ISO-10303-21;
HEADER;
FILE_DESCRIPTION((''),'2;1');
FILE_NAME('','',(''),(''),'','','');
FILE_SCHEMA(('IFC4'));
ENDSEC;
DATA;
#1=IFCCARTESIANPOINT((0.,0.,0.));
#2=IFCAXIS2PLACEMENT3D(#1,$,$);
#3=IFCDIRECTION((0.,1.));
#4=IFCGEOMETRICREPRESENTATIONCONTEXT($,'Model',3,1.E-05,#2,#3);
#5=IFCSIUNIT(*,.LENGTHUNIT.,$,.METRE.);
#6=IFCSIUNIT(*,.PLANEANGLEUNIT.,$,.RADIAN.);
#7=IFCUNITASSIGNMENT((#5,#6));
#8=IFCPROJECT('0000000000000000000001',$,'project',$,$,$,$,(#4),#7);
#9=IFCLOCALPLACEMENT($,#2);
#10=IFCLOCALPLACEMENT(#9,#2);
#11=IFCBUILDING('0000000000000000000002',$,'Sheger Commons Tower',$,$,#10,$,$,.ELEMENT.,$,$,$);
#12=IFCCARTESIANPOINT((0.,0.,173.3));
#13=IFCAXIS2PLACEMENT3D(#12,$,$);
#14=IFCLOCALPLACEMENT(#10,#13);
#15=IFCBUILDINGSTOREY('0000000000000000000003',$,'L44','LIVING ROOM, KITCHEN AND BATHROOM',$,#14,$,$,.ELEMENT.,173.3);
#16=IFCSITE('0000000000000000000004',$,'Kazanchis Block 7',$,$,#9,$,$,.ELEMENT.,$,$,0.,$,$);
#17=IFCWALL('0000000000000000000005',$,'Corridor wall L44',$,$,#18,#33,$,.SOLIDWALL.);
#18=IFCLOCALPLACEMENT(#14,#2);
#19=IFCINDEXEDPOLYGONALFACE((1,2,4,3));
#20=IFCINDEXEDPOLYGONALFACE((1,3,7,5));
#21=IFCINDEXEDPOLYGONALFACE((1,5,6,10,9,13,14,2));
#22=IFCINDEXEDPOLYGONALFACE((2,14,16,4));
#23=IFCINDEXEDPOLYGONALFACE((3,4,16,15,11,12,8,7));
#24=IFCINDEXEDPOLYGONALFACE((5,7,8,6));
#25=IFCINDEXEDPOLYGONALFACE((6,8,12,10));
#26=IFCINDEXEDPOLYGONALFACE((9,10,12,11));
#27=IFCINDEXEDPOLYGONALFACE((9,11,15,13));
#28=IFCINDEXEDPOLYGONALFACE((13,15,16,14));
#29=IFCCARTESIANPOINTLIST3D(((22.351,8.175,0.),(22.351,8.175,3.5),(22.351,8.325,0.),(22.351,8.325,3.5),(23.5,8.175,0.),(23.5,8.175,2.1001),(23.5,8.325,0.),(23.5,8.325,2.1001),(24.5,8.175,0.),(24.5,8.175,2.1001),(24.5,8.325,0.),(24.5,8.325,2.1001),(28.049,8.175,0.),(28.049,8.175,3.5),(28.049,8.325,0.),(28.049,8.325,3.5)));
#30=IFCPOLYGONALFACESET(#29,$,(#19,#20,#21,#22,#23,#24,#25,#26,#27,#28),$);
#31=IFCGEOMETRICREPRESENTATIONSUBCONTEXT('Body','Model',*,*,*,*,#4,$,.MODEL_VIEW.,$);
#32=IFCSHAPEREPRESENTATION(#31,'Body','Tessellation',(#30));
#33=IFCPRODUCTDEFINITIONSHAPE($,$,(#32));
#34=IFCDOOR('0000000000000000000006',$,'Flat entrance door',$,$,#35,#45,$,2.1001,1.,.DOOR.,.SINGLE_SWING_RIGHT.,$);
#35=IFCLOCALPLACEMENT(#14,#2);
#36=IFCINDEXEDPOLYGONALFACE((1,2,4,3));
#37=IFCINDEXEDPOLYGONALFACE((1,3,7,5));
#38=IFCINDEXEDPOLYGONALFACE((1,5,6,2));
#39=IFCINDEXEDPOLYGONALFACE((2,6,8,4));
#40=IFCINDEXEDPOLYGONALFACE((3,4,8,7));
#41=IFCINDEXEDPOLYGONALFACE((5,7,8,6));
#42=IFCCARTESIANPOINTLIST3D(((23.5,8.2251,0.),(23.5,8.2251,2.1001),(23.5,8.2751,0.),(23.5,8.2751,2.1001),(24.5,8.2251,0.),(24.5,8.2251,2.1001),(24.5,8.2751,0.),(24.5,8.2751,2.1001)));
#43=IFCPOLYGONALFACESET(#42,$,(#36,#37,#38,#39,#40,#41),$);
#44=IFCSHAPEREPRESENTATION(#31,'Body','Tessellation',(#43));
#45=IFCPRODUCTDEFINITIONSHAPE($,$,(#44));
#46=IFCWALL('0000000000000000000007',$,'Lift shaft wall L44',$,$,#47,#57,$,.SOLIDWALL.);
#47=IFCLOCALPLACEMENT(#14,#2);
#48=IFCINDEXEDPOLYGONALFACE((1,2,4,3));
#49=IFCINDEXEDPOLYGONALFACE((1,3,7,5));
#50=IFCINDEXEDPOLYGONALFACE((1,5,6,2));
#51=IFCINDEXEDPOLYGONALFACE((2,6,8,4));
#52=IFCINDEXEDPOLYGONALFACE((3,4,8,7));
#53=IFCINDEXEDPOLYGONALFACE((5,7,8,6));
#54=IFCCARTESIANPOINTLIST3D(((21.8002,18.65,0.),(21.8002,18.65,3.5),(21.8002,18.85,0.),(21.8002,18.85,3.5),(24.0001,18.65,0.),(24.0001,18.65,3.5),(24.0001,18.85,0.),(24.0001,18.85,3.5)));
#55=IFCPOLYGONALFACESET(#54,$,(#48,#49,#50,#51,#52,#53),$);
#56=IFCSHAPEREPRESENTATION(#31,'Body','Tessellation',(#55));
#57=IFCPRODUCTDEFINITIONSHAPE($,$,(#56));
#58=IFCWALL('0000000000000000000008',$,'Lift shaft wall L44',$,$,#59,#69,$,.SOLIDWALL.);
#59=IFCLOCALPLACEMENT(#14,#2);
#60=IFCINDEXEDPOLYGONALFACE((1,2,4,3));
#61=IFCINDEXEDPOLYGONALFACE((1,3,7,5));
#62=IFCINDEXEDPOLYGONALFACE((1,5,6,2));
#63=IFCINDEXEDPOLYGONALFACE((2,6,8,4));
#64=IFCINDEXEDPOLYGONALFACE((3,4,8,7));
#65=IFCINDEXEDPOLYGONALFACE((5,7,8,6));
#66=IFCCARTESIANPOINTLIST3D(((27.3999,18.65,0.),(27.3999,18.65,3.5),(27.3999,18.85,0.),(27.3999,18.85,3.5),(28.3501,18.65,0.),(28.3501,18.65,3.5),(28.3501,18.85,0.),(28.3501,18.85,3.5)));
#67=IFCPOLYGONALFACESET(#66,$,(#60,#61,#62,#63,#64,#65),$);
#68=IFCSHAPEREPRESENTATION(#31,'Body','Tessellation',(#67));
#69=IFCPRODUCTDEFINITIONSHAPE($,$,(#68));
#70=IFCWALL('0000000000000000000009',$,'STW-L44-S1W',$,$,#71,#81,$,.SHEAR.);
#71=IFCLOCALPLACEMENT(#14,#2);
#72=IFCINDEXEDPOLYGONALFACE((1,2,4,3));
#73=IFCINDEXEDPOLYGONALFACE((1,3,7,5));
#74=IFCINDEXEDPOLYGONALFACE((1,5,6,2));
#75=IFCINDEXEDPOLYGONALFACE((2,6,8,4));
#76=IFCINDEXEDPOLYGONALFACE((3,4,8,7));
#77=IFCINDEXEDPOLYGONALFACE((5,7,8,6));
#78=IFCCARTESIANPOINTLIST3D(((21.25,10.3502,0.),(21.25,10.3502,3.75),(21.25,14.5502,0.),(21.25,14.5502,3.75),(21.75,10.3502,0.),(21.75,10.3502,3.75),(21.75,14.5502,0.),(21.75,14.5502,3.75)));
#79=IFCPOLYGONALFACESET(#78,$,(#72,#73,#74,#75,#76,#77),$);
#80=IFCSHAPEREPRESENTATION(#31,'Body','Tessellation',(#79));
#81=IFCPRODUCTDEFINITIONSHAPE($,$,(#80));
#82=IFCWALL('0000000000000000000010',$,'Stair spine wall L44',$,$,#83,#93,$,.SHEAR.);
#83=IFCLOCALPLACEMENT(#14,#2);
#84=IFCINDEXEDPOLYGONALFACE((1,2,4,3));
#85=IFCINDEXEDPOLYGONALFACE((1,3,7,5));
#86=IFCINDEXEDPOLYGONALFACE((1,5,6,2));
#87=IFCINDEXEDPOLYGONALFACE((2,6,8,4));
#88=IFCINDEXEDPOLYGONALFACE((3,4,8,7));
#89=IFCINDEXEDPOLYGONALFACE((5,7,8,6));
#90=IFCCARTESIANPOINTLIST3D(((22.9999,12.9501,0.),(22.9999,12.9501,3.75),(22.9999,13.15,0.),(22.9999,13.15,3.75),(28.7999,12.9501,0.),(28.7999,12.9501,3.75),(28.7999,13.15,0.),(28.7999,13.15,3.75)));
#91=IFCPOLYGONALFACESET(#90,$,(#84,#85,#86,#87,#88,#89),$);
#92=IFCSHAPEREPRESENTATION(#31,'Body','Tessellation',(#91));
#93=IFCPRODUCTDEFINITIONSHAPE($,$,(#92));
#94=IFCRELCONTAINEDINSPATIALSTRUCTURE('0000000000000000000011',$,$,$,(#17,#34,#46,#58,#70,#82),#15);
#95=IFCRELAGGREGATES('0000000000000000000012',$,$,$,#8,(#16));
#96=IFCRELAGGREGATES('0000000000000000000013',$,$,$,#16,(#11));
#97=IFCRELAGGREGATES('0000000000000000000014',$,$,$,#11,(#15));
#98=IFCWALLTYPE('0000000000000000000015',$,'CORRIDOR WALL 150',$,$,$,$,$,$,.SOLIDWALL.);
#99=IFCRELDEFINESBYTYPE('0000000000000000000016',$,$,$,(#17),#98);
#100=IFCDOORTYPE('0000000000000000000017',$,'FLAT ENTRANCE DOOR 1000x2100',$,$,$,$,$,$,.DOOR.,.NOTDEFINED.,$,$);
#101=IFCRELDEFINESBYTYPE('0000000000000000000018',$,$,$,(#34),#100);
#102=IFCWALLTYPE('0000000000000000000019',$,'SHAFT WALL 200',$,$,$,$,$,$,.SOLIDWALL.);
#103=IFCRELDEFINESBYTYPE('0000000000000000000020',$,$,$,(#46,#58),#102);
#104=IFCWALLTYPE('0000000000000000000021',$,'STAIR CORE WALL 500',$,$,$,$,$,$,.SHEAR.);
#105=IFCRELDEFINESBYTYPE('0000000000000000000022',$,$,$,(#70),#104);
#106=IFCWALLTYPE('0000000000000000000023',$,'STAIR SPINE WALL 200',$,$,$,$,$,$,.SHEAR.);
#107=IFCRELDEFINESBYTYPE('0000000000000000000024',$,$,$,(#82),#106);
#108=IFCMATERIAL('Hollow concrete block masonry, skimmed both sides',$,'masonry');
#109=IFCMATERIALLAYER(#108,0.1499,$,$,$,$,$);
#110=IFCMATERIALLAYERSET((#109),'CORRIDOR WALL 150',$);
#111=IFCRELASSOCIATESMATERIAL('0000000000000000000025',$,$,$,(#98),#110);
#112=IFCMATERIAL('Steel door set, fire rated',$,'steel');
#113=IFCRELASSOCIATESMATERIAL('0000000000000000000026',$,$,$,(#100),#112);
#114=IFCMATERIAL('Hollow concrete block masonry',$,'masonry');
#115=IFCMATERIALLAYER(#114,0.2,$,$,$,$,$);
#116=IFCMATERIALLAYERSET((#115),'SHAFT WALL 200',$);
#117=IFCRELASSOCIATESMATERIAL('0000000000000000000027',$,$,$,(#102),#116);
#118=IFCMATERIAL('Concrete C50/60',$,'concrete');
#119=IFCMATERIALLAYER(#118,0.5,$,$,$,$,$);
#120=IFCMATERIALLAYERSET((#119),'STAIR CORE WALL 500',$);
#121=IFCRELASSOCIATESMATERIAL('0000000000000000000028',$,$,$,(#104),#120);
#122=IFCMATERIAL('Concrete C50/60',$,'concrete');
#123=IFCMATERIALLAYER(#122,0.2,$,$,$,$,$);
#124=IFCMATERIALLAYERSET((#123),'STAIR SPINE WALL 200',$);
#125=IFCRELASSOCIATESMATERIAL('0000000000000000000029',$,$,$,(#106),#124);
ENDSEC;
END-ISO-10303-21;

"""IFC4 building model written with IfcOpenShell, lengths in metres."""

from ifc_helpers import new_model, si_unit, direction, frame, frame_2d, origin, place, context, subcontext, project, spatial, rectangle, extrude, material, layer, layer_set, type_object, element, fill, save


model = new_model("IFC4")

# Units and contexts
model_context = context("Model", 3, precision=1e-05, world=origin(), true_north=direction((0.0, 1.0)))
body_context = subcontext(model_context, "Body", "Model", "MODEL_VIEW")
ifc_project = project(units=[si_unit("LENGTHUNIT", "METRE"), si_unit("PLANEANGLEUNIT", "RADIAN")], contexts=[model_context])

# Site, building, storey
site_placement = place(None, origin())
site = spatial("IfcSite", under=ifc_project, at=site_placement, Name="Kazanchis Block 7", CompositionType="ELEMENT", RefElevation=0.0)
building_placement = place(site_placement, origin())
building = spatial("IfcBuilding", under=site, at=building_placement, Name="Sheger Commons Tower", CompositionType="ELEMENT")
storey_placement = place(building_placement, frame((0.0, 0.0, 173.3)))
storey = spatial("IfcBuildingStorey", under=building, at=storey_placement, Name="L44", Description="LIVING ROOM, KITCHEN AND BATHROOM", CompositionType="ELEMENT", Elevation=173.3)

# Wall, opening, door
ifc_material_1 = material(Name="Hollow concrete block masonry, skimmed both sides", Category="masonry")
ifc_layer_1 = layer(ifc_material_1, 0.1499)
ifc_layer_set_1 = layer_set([ifc_layer_1], Name="CORRIDOR WALL 150")
wall_type_1 = type_object("IfcWallType", Name="CORRIDOR WALL 150", PredefinedType="SOLIDWALL", material=ifc_layer_set_1)
wall_1_placement = place(storey_placement, frame((28.0491, 8.25, 0.0), z_axis=(0.0, 0.0, 1.0), x_axis=(-1.0, 0.0, 0.0)))
wall_1 = element("IfcWall", 1, at=wall_1_placement, inside=storey, type_object=wall_type_1, Name="Corridor wall L44", PredefinedType="SOLIDWALL", context=body_context, shape_type="SweptSolid", body=[
    extrude(rectangle(XDim=5.698, YDim=0.1499, at=frame_2d((2.8491, 0.0))), origin(), (0.0, 0.0, 1.0), 3.5),
])
opening_1_placement = place(wall_1_placement, frame((3.5491, 0.0, 0.0)))
opening_1 = element("IfcOpeningElement", 2, at=opening_1_placement, cuts=wall_1, PredefinedType="OPENING", context=body_context, shape_type="SweptSolid", body=[
    extrude(rectangle(XDim=1.0, YDim=2.1001, at=frame_2d((0.5, 1.05))), frame((0.0, 0.085, 0.0), z_axis=(0.0, -1.0, 0.0), x_axis=(1.0, 0.0, 0.0)), (0.0, 0.0, 1.0), 0.1699),
])
ifc_material_2 = material(Name="Steel door set, fire rated", Category="steel")
door_type_1 = type_object("IfcDoorType", Name="FLAT ENTRANCE DOOR 1000x2100", OperationType="NOTDEFINED", PredefinedType="DOOR", material=ifc_material_2)
door_1_placement = place(opening_1_placement, origin())
door_1 = element("IfcDoor", 3, at=door_1_placement, inside=storey, type_object=door_type_1, Name="Flat entrance door", OperationType="SINGLE_SWING_RIGHT", OverallHeight=2.1001, OverallWidth=1.0, PredefinedType="DOOR", context=body_context, shape_type="SweptSolid", body=[
    extrude(rectangle(XDim=1.0, YDim=2.1001, at=frame_2d((0.5, 1.05))), frame((0.0, 0.0249, 0.0), z_axis=(0.0, -1.0, 0.0), x_axis=(1.0, 0.0, 0.0)), (0.0, 0.0, 1.0), 0.05),
])
fill(opening_1, door_1)

# Walls
ifc_material_3 = material(Name="Hollow concrete block masonry", Category="masonry")
ifc_layer_2 = layer(ifc_material_3, 0.2)
ifc_layer_set_2 = layer_set([ifc_layer_2], Name="SHAFT WALL 200")
wall_type_2 = type_object("IfcWallType", Name="SHAFT WALL 200", PredefinedType="SOLIDWALL", material=ifc_layer_set_2)
wall_2_placement = place(storey_placement, frame((21.8, 18.75, 0.0), z_axis=(0.0, 0.0, 1.0), x_axis=(1.0, 0.0, 0.0)))
element("IfcWall", 4, at=wall_2_placement, inside=storey, type_object=wall_type_2, Name="Lift shaft wall L44", PredefinedType="SOLIDWALL", context=body_context, shape_type="SweptSolid", body=[
    extrude(rectangle(XDim=2.2, YDim=0.2, at=frame_2d((1.1001, 0.0))), origin(), (0.0, 0.0, 1.0), 3.5),
])
wall_3_placement = place(storey_placement, frame((27.3999, 18.75, 0.0), z_axis=(0.0, 0.0, 1.0), x_axis=(1.0, 0.0, 0.0)))
element("IfcWall", 5, at=wall_3_placement, inside=storey, type_object=wall_type_2, Name="Lift shaft wall L44", PredefinedType="SOLIDWALL", context=body_context, shape_type="SweptSolid", body=[
    extrude(rectangle(XDim=0.9502, YDim=0.2, at=frame_2d((0.4751, 0.0))), origin(), (0.0, 0.0, 1.0), 3.5),
])
ifc_material_4 = material(Name="Concrete C50/60", Category="concrete")
ifc_layer_3 = layer(ifc_material_4, 0.5)
ifc_layer_set_3 = layer_set([ifc_layer_3], Name="STAIR CORE WALL 500")
wall_type_3 = type_object("IfcWallType", Name="STAIR CORE WALL 500", PredefinedType="SHEAR", material=ifc_layer_set_3)
wall_4_placement = place(storey_placement, frame((21.5, 10.3501, 0.0), z_axis=(0.0, 0.0, 1.0), x_axis=(0.0, 1.0, 0.0)))
element("IfcWall", 6, at=wall_4_placement, inside=storey, type_object=wall_type_3, Name="STW-L44-S1W", PredefinedType="SHEAR", context=body_context, shape_type="SweptSolid", body=[
    extrude(rectangle(XDim=4.2, YDim=0.5, at=frame_2d((2.1001, 0.0))), origin(), (0.0, 0.0, 1.0), 3.75),
])
ifc_material_5 = material(Name="Concrete C50/60", Category="concrete")
ifc_layer_4 = layer(ifc_material_5, 0.2)
ifc_layer_set_4 = layer_set([ifc_layer_4], Name="STAIR SPINE WALL 200")
wall_type_4 = type_object("IfcWallType", Name="STAIR SPINE WALL 200", PredefinedType="SHEAR", material=ifc_layer_set_4)
wall_5_placement = place(storey_placement, frame((23.0, 13.05, 0.0), z_axis=(0.0, 0.0, 1.0), x_axis=(1.0, 0.0, 0.0)))
element("IfcWall", 7, at=wall_5_placement, inside=storey, type_object=wall_type_4, Name="Stair spine wall L44", PredefinedType="SHEAR", context=body_context, shape_type="SweptSolid", body=[
    extrude(rectangle(XDim=5.8, YDim=0.2, at=frame_2d((2.8999, 0.0))), origin(), (0.0, 0.0, 1.0), 3.75),
])

save(model, "model.ifc")
